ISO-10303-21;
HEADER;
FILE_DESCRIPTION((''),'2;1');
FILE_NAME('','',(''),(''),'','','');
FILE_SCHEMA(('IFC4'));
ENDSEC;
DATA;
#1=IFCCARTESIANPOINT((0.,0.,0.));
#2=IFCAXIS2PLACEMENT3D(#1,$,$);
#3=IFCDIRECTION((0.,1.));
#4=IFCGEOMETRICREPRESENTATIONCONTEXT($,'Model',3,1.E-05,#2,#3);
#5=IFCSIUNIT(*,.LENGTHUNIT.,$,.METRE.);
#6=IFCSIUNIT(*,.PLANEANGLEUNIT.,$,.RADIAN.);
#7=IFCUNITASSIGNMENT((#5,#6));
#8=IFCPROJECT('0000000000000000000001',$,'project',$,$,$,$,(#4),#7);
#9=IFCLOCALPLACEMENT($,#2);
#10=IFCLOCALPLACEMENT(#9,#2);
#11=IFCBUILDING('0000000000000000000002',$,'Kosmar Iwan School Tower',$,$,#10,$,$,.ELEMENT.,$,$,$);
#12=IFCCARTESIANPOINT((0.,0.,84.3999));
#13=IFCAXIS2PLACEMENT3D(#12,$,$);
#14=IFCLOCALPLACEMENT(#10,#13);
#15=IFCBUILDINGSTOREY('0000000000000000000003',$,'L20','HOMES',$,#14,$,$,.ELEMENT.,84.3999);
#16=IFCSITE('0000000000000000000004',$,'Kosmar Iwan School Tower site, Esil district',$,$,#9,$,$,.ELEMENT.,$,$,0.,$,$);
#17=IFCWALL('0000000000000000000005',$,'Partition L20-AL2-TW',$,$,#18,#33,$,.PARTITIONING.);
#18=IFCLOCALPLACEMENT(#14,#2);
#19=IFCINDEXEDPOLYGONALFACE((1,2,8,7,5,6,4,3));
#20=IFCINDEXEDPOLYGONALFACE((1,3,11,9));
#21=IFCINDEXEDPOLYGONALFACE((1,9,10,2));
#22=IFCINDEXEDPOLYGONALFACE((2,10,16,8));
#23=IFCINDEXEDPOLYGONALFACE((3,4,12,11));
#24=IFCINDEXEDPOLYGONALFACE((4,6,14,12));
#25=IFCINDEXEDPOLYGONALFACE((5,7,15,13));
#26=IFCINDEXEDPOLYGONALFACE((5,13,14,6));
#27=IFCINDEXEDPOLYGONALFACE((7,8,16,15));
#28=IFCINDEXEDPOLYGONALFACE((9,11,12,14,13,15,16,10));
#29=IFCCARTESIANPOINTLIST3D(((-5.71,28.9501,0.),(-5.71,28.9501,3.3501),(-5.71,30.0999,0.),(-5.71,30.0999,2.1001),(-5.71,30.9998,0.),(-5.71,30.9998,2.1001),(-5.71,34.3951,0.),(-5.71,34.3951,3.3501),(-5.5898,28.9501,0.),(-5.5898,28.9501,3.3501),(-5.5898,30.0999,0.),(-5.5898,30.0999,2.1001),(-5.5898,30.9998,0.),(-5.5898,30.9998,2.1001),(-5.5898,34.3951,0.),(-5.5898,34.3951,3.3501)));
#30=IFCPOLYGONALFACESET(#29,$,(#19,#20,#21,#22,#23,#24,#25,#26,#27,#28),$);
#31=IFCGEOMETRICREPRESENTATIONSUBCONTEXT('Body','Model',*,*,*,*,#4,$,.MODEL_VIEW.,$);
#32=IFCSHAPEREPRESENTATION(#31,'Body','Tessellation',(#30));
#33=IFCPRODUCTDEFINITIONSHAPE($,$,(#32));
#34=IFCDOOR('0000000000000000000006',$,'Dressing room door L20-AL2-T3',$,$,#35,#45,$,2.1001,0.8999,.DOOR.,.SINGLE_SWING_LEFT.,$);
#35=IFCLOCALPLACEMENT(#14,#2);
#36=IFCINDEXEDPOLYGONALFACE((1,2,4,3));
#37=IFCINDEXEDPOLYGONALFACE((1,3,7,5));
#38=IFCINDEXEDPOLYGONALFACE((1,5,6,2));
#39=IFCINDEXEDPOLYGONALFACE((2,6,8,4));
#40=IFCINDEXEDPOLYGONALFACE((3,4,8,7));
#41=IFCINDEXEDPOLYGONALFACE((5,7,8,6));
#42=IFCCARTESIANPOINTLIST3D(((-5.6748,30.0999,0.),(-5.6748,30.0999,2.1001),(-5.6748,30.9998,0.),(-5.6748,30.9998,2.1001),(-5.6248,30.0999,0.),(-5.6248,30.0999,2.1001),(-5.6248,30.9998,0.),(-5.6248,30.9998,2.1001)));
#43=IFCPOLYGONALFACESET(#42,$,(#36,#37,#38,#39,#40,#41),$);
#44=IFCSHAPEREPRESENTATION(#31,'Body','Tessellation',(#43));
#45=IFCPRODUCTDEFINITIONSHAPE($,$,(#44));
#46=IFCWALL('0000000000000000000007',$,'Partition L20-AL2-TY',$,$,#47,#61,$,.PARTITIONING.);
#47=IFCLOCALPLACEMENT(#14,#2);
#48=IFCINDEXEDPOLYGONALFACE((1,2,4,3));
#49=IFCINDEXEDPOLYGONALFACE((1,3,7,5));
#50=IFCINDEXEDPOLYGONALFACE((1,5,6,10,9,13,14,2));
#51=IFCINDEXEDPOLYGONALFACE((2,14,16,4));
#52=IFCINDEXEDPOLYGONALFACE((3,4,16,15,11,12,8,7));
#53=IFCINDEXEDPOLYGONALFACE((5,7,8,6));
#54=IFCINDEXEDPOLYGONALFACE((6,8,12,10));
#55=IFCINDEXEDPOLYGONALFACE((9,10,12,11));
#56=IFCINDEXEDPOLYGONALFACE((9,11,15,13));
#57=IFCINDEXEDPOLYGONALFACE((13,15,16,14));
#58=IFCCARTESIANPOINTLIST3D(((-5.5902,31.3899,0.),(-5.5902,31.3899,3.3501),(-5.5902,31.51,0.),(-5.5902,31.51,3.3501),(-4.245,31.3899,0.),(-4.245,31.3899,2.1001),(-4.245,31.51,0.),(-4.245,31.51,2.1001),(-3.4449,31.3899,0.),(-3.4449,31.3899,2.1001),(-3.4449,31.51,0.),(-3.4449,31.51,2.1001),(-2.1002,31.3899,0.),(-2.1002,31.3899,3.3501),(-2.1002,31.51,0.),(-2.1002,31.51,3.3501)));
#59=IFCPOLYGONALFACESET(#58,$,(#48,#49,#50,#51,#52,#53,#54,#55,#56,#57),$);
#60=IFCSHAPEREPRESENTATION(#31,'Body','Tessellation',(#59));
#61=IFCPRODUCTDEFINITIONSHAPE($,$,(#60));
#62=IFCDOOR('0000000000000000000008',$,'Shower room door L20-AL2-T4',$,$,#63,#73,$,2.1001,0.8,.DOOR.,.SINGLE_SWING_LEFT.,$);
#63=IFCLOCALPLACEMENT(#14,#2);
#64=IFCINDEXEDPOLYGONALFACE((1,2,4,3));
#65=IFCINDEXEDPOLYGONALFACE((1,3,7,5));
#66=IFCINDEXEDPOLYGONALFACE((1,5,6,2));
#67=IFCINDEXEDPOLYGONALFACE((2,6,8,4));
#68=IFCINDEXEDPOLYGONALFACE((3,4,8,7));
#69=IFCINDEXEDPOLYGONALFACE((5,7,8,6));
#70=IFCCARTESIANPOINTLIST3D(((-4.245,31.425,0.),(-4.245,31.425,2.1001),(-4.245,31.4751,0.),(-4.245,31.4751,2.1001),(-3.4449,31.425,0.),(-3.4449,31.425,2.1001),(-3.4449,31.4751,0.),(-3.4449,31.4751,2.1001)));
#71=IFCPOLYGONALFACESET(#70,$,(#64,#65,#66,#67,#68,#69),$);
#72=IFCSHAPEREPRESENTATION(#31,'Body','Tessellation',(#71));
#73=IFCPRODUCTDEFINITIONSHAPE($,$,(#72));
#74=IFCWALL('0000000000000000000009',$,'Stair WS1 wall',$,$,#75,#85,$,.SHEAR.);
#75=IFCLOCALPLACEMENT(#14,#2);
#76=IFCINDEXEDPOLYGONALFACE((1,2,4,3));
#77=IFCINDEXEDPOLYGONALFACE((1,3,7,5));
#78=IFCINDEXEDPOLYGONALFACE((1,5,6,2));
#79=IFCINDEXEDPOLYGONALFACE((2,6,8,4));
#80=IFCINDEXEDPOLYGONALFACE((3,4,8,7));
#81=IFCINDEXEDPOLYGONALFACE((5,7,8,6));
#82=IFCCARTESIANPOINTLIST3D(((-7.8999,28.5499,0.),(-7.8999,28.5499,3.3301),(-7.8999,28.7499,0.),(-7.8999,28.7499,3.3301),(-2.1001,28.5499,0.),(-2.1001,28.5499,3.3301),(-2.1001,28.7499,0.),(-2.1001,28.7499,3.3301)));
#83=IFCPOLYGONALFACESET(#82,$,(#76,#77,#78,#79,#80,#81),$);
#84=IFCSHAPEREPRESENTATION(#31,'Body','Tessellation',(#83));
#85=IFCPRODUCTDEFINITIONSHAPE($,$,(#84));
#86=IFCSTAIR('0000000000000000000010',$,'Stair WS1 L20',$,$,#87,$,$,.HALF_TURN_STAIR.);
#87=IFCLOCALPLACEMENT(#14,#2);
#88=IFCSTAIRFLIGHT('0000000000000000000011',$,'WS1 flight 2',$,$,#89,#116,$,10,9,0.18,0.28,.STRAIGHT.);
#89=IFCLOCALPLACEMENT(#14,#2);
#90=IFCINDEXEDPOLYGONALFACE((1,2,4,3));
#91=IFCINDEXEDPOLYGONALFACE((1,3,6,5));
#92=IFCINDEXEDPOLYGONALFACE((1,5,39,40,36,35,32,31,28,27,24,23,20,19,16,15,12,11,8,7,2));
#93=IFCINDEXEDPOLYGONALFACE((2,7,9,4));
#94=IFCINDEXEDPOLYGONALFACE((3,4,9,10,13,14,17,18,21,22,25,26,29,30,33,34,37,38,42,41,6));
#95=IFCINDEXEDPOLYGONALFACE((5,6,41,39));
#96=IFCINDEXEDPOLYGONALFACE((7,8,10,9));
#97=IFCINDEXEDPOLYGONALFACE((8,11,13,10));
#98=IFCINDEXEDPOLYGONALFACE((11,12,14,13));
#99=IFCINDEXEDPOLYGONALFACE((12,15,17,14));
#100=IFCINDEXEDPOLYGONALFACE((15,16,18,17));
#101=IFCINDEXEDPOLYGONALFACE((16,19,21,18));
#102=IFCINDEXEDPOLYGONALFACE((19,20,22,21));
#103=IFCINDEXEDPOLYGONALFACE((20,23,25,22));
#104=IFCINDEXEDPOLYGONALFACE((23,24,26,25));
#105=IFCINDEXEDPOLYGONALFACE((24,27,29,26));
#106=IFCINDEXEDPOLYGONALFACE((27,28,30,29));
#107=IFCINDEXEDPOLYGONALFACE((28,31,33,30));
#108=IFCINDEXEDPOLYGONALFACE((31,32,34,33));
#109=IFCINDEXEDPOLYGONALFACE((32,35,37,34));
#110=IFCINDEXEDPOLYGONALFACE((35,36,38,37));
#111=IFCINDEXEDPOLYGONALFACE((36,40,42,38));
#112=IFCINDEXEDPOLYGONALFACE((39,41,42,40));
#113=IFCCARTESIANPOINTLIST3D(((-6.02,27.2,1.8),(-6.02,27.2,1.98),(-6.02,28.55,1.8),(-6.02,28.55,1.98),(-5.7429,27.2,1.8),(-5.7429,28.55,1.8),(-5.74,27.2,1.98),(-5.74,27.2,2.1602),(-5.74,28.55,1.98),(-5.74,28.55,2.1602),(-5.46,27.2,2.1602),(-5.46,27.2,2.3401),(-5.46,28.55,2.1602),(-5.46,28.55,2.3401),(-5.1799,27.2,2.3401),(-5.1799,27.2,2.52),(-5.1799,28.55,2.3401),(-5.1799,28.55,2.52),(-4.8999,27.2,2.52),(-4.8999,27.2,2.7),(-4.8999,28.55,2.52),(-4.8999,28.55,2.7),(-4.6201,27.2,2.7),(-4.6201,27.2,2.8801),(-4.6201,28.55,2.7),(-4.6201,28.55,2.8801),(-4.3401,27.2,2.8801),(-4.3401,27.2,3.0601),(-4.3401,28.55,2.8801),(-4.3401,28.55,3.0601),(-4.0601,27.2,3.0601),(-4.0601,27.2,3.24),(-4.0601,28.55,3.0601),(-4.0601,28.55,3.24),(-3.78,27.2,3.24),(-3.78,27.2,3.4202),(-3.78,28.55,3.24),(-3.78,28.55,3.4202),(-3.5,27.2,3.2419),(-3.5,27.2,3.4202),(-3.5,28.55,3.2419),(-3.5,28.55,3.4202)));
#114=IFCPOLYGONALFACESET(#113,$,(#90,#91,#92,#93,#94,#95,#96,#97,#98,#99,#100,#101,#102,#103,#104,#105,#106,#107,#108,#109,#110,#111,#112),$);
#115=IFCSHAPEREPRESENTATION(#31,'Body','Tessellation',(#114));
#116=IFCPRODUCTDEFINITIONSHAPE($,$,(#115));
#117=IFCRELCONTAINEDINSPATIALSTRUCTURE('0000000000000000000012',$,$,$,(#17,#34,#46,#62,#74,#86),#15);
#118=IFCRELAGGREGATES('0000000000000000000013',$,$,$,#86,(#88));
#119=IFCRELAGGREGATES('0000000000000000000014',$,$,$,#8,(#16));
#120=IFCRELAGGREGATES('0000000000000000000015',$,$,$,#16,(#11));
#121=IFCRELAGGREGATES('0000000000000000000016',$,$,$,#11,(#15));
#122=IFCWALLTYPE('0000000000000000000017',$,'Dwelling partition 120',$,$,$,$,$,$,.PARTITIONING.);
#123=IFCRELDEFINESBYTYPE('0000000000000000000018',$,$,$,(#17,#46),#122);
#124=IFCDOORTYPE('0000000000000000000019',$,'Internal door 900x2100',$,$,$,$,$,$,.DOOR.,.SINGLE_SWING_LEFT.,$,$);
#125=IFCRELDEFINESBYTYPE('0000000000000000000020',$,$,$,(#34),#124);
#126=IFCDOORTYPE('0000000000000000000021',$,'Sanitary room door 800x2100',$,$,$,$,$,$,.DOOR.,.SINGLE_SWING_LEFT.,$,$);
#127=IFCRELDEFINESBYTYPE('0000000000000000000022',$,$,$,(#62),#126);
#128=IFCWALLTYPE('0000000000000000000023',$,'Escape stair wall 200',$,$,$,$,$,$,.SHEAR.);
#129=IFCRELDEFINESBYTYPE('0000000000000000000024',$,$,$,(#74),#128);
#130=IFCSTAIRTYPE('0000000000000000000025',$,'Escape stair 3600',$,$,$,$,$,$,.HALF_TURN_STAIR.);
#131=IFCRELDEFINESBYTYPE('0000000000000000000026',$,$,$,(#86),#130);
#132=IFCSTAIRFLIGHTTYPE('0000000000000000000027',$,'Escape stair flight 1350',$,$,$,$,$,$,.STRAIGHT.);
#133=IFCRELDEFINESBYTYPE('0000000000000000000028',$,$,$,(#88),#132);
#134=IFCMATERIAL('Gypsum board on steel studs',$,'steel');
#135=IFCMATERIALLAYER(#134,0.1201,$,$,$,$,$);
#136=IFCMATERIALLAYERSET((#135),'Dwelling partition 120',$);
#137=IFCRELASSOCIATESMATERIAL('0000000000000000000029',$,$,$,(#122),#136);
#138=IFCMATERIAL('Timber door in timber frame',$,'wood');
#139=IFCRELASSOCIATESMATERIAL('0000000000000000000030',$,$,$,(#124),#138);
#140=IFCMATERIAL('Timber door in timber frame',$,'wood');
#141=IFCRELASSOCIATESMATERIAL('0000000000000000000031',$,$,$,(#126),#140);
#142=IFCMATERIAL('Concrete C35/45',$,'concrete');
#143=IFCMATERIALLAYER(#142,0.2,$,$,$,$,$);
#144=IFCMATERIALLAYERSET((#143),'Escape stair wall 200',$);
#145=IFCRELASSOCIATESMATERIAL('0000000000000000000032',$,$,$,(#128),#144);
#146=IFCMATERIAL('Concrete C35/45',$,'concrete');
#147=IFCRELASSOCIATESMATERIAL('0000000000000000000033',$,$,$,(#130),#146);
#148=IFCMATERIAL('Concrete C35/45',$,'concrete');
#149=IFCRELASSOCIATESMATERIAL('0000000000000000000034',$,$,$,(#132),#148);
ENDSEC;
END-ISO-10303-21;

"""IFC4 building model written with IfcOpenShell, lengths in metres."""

from ifc_helpers import new_model, si_unit, direction, frame, frame_2d, origin, place, context, subcontext, project, spatial, polyline, rectangle, outline, extrude, material, layer, layer_set, type_object, element, fill, aggregate, save


model = new_model("IFC4")

# Units and contexts
model_context = context("Model", 3, precision=1e-05, world=origin(), true_north=direction((0.0, 1.0)))
body_context = subcontext(model_context, "Body", "Model", "MODEL_VIEW")
ifc_project = project(units=[si_unit("LENGTHUNIT", "METRE"), si_unit("PLANEANGLEUNIT", "RADIAN")], contexts=[model_context])

# Site, building, storey
site_placement = place(None, origin())
site = spatial("IfcSite", under=ifc_project, at=site_placement, Name="Kosmar Iwan School Tower site, Esil district", CompositionType="ELEMENT", RefElevation=0.0)
building_placement = place(site_placement, origin())
building = spatial("IfcBuilding", under=site, at=building_placement, Name="Kosmar Iwan School Tower", CompositionType="ELEMENT")
storey_placement = place(building_placement, frame((0.0, 0.0, 84.3999)))
storey = spatial("IfcBuildingStorey", under=building, at=storey_placement, Name="L20", Description="HOMES", CompositionType="ELEMENT", Elevation=84.3999)

# Walls, openings, doors
ifc_material_1 = material(Name="Gypsum board on steel studs", Category="steel")
ifc_layer_1 = layer(ifc_material_1, 0.1201)
ifc_layer_set_1 = layer_set([ifc_layer_1], Name="Dwelling partition 120")
wall_type_1 = type_object("IfcWallType", Name="Dwelling partition 120", PredefinedType="PARTITIONING", material=ifc_layer_set_1)
ifc_material_2 = material(Name="Timber door in timber frame", Category="wood")
door_type_1 = type_object("IfcDoorType", Name="Internal door 900x2100", OperationType="SINGLE_SWING_LEFT", PredefinedType="DOOR", material=ifc_material_2)
wall_1_placement = place(storey_placement, frame((-5.6499, 28.95, 0.0), z_axis=(0.0, 0.0, 1.0), x_axis=(0.0, 1.0, 0.0)))
wall_1 = element("IfcWall", 1, at=wall_1_placement, inside=storey, type_object=wall_type_1, Name="Partition L20-AL2-TW", PredefinedType="PARTITIONING", context=body_context, shape_type="SweptSolid", body=[
    extrude(rectangle(XDim=5.4451, YDim=0.1201, at=frame_2d((2.7227, 0.0))), origin(), (0.0, 0.0, 1.0), 3.3501),
])
opening_1_placement = place(wall_1_placement, frame((1.1499, 0.0, 0.0)))
opening_1 = element("IfcOpeningElement", 2, at=opening_1_placement, cuts=wall_1, PredefinedType="OPENING", context=body_context, shape_type="SweptSolid", body=[
    extrude(rectangle(XDim=0.8999, YDim=2.1001, at=frame_2d((0.45, 1.05))), frame((0.0, 0.072, 0.0), z_axis=(0.0, -1.0, 0.0), x_axis=(1.0, 0.0, 0.0)), (0.0, 0.0, 1.0), 0.144),
])
door_1_placement = place(opening_1_placement, origin())
door_1 = element("IfcDoor", 3, at=door_1_placement, inside=storey, type_object=door_type_1, Name="Dressing room door L20-AL2-T3", OperationType="SINGLE_SWING_LEFT", OverallHeight=2.1001, OverallWidth=0.8999, PredefinedType="DOOR", context=body_context, shape_type="SweptSolid", body=[
    extrude(rectangle(XDim=0.8999, YDim=2.1001, at=frame_2d((0.45, 1.05))), frame((0.0, 0.0249, 0.0), z_axis=(0.0, -1.0, 0.0), x_axis=(1.0, 0.0, 0.0)), (0.0, 0.0, 1.0), 0.05),
])
fill(opening_1, door_1)
wall_2_placement = place(storey_placement, frame((-2.1001, 31.45, 0.0), z_axis=(0.0, 0.0, 1.0), x_axis=(-1.0, 0.0, 0.0)))
wall_2 = element("IfcWall", 4, at=wall_2_placement, inside=storey, type_object=wall_type_1, Name="Partition L20-AL2-TY", PredefinedType="PARTITIONING", context=body_context, shape_type="SweptSolid", body=[
    extrude(rectangle(XDim=3.49, YDim=0.1201, at=frame_2d((1.7451, 0.0))), origin(), (0.0, 0.0, 1.0), 3.3501),
])
opening_2_placement = place(wall_2_placement, frame((1.345, 0.0, 0.0)))
opening_2 = element("IfcOpeningElement", 5, at=opening_2_placement, cuts=wall_2, PredefinedType="OPENING", context=body_context, shape_type="SweptSolid", body=[
    extrude(rectangle(XDim=0.8, YDim=2.1001, at=frame_2d((0.3999, 1.05))), frame((0.0, 0.072, 0.0), z_axis=(0.0, -1.0, 0.0), x_axis=(1.0, 0.0, 0.0)), (0.0, 0.0, 1.0), 0.144),
])
ifc_material_3 = material(Name="Timber door in timber frame", Category="wood")
door_type_2 = type_object("IfcDoorType", Name="Sanitary room door 800x2100", OperationType="SINGLE_SWING_LEFT", PredefinedType="DOOR", material=ifc_material_3)
door_2_placement = place(opening_2_placement, origin())
door_2 = element("IfcDoor", 6, at=door_2_placement, inside=storey, type_object=door_type_2, Name="Shower room door L20-AL2-T4", OperationType="SINGLE_SWING_LEFT", OverallHeight=2.1001, OverallWidth=0.8, PredefinedType="DOOR", context=body_context, shape_type="SweptSolid", body=[
    extrude(rectangle(XDim=0.8, YDim=2.1001, at=frame_2d((0.3999, 1.05))), frame((0.0, 0.0249, 0.0), z_axis=(0.0, -1.0, 0.0), x_axis=(1.0, 0.0, 0.0)), (0.0, 0.0, 1.0), 0.05),
])
fill(opening_2, door_2)

# Wall
ifc_material_4 = material(Name="Concrete C35/45", Category="concrete")
ifc_layer_2 = layer(ifc_material_4, 0.2)
ifc_layer_set_2 = layer_set([ifc_layer_2], Name="Escape stair wall 200")
wall_type_2 = type_object("IfcWallType", Name="Escape stair wall 200", PredefinedType="SHEAR", material=ifc_layer_set_2)
wall_3_placement = place(storey_placement, frame((-2.1001, 28.6499, 0.0), z_axis=(0.0, 0.0, 1.0), x_axis=(-1.0, 0.0, 0.0)))
element("IfcWall", 7, at=wall_3_placement, inside=storey, type_object=wall_type_2, Name="Stair WS1 wall", PredefinedType="SHEAR", context=body_context, shape_type="SweptSolid", body=[
    extrude(rectangle(XDim=5.7998, YDim=0.2, at=frame_2d((2.8999, 0.0))), origin(), (0.0, 0.0, 1.0), 3.3301),
])

# Stair, stair flight
ifc_material_5 = material(Name="Concrete C35/45", Category="concrete")
stair_type = type_object("IfcStairType", Name="Escape stair 3600", PredefinedType="HALF_TURN_STAIR", material=ifc_material_5)
stair_placement = place(storey_placement, origin())
stair = element("IfcStair", 8, at=stair_placement, inside=storey, type_object=stair_type, Name="Stair WS1 L20", PredefinedType="HALF_TURN_STAIR")
ifc_material_6 = material(Name="Concrete C35/45", Category="concrete")
stair_flight_type = type_object("IfcStairFlightType", Name="Escape stair flight 1350", PredefinedType="STRAIGHT", material=ifc_material_6)
stair_flight_placement = place(storey_placement, frame((-6.02, 27.875, 1.8), z_axis=(0.0, 0.0, 1.0), x_axis=(1.0, 0.0, 0.0)))
stair_flight = element("IfcStairFlight", 9, at=stair_flight_placement, type_object=stair_flight_type, Name="WS1 flight 2", NumberOfRisers=10, NumberOfTreads=9, PredefinedType="STRAIGHT", RiserHeight=0.18, TreadLength=0.28, context=body_context, shape_type="SweptSolid", body=[
    extrude(outline(polyline([(0.0, 0.0), (0.0, 0.1799), (0.28, 0.1799), (0.28, 0.3601), (0.5601, 0.3601), (0.5601, 0.54), (0.8401, 0.54), (0.8401, 0.72), (1.1201, 0.72), (1.1201, 0.8999), (1.3999, 0.8999), (1.3999, 1.0801), (1.6799, 1.0801), (1.6799, 1.26), (1.96, 1.26), (1.96, 1.4399), (2.24, 1.4399), (2.24, 1.6201), (2.52, 1.6201), (2.52, 1.8), (2.52, 1.4419), (0.2771, 0.0), (0.0, 0.0)])), frame((0.0, 0.675, 0.0), z_axis=(0.0, -1.0, 0.0), x_axis=(1.0, 0.0, 0.0)), (0.0, 0.0, 1.0), 1.3501),
])
aggregate(stair, [stair_flight])

save(model, "model.ifc")
